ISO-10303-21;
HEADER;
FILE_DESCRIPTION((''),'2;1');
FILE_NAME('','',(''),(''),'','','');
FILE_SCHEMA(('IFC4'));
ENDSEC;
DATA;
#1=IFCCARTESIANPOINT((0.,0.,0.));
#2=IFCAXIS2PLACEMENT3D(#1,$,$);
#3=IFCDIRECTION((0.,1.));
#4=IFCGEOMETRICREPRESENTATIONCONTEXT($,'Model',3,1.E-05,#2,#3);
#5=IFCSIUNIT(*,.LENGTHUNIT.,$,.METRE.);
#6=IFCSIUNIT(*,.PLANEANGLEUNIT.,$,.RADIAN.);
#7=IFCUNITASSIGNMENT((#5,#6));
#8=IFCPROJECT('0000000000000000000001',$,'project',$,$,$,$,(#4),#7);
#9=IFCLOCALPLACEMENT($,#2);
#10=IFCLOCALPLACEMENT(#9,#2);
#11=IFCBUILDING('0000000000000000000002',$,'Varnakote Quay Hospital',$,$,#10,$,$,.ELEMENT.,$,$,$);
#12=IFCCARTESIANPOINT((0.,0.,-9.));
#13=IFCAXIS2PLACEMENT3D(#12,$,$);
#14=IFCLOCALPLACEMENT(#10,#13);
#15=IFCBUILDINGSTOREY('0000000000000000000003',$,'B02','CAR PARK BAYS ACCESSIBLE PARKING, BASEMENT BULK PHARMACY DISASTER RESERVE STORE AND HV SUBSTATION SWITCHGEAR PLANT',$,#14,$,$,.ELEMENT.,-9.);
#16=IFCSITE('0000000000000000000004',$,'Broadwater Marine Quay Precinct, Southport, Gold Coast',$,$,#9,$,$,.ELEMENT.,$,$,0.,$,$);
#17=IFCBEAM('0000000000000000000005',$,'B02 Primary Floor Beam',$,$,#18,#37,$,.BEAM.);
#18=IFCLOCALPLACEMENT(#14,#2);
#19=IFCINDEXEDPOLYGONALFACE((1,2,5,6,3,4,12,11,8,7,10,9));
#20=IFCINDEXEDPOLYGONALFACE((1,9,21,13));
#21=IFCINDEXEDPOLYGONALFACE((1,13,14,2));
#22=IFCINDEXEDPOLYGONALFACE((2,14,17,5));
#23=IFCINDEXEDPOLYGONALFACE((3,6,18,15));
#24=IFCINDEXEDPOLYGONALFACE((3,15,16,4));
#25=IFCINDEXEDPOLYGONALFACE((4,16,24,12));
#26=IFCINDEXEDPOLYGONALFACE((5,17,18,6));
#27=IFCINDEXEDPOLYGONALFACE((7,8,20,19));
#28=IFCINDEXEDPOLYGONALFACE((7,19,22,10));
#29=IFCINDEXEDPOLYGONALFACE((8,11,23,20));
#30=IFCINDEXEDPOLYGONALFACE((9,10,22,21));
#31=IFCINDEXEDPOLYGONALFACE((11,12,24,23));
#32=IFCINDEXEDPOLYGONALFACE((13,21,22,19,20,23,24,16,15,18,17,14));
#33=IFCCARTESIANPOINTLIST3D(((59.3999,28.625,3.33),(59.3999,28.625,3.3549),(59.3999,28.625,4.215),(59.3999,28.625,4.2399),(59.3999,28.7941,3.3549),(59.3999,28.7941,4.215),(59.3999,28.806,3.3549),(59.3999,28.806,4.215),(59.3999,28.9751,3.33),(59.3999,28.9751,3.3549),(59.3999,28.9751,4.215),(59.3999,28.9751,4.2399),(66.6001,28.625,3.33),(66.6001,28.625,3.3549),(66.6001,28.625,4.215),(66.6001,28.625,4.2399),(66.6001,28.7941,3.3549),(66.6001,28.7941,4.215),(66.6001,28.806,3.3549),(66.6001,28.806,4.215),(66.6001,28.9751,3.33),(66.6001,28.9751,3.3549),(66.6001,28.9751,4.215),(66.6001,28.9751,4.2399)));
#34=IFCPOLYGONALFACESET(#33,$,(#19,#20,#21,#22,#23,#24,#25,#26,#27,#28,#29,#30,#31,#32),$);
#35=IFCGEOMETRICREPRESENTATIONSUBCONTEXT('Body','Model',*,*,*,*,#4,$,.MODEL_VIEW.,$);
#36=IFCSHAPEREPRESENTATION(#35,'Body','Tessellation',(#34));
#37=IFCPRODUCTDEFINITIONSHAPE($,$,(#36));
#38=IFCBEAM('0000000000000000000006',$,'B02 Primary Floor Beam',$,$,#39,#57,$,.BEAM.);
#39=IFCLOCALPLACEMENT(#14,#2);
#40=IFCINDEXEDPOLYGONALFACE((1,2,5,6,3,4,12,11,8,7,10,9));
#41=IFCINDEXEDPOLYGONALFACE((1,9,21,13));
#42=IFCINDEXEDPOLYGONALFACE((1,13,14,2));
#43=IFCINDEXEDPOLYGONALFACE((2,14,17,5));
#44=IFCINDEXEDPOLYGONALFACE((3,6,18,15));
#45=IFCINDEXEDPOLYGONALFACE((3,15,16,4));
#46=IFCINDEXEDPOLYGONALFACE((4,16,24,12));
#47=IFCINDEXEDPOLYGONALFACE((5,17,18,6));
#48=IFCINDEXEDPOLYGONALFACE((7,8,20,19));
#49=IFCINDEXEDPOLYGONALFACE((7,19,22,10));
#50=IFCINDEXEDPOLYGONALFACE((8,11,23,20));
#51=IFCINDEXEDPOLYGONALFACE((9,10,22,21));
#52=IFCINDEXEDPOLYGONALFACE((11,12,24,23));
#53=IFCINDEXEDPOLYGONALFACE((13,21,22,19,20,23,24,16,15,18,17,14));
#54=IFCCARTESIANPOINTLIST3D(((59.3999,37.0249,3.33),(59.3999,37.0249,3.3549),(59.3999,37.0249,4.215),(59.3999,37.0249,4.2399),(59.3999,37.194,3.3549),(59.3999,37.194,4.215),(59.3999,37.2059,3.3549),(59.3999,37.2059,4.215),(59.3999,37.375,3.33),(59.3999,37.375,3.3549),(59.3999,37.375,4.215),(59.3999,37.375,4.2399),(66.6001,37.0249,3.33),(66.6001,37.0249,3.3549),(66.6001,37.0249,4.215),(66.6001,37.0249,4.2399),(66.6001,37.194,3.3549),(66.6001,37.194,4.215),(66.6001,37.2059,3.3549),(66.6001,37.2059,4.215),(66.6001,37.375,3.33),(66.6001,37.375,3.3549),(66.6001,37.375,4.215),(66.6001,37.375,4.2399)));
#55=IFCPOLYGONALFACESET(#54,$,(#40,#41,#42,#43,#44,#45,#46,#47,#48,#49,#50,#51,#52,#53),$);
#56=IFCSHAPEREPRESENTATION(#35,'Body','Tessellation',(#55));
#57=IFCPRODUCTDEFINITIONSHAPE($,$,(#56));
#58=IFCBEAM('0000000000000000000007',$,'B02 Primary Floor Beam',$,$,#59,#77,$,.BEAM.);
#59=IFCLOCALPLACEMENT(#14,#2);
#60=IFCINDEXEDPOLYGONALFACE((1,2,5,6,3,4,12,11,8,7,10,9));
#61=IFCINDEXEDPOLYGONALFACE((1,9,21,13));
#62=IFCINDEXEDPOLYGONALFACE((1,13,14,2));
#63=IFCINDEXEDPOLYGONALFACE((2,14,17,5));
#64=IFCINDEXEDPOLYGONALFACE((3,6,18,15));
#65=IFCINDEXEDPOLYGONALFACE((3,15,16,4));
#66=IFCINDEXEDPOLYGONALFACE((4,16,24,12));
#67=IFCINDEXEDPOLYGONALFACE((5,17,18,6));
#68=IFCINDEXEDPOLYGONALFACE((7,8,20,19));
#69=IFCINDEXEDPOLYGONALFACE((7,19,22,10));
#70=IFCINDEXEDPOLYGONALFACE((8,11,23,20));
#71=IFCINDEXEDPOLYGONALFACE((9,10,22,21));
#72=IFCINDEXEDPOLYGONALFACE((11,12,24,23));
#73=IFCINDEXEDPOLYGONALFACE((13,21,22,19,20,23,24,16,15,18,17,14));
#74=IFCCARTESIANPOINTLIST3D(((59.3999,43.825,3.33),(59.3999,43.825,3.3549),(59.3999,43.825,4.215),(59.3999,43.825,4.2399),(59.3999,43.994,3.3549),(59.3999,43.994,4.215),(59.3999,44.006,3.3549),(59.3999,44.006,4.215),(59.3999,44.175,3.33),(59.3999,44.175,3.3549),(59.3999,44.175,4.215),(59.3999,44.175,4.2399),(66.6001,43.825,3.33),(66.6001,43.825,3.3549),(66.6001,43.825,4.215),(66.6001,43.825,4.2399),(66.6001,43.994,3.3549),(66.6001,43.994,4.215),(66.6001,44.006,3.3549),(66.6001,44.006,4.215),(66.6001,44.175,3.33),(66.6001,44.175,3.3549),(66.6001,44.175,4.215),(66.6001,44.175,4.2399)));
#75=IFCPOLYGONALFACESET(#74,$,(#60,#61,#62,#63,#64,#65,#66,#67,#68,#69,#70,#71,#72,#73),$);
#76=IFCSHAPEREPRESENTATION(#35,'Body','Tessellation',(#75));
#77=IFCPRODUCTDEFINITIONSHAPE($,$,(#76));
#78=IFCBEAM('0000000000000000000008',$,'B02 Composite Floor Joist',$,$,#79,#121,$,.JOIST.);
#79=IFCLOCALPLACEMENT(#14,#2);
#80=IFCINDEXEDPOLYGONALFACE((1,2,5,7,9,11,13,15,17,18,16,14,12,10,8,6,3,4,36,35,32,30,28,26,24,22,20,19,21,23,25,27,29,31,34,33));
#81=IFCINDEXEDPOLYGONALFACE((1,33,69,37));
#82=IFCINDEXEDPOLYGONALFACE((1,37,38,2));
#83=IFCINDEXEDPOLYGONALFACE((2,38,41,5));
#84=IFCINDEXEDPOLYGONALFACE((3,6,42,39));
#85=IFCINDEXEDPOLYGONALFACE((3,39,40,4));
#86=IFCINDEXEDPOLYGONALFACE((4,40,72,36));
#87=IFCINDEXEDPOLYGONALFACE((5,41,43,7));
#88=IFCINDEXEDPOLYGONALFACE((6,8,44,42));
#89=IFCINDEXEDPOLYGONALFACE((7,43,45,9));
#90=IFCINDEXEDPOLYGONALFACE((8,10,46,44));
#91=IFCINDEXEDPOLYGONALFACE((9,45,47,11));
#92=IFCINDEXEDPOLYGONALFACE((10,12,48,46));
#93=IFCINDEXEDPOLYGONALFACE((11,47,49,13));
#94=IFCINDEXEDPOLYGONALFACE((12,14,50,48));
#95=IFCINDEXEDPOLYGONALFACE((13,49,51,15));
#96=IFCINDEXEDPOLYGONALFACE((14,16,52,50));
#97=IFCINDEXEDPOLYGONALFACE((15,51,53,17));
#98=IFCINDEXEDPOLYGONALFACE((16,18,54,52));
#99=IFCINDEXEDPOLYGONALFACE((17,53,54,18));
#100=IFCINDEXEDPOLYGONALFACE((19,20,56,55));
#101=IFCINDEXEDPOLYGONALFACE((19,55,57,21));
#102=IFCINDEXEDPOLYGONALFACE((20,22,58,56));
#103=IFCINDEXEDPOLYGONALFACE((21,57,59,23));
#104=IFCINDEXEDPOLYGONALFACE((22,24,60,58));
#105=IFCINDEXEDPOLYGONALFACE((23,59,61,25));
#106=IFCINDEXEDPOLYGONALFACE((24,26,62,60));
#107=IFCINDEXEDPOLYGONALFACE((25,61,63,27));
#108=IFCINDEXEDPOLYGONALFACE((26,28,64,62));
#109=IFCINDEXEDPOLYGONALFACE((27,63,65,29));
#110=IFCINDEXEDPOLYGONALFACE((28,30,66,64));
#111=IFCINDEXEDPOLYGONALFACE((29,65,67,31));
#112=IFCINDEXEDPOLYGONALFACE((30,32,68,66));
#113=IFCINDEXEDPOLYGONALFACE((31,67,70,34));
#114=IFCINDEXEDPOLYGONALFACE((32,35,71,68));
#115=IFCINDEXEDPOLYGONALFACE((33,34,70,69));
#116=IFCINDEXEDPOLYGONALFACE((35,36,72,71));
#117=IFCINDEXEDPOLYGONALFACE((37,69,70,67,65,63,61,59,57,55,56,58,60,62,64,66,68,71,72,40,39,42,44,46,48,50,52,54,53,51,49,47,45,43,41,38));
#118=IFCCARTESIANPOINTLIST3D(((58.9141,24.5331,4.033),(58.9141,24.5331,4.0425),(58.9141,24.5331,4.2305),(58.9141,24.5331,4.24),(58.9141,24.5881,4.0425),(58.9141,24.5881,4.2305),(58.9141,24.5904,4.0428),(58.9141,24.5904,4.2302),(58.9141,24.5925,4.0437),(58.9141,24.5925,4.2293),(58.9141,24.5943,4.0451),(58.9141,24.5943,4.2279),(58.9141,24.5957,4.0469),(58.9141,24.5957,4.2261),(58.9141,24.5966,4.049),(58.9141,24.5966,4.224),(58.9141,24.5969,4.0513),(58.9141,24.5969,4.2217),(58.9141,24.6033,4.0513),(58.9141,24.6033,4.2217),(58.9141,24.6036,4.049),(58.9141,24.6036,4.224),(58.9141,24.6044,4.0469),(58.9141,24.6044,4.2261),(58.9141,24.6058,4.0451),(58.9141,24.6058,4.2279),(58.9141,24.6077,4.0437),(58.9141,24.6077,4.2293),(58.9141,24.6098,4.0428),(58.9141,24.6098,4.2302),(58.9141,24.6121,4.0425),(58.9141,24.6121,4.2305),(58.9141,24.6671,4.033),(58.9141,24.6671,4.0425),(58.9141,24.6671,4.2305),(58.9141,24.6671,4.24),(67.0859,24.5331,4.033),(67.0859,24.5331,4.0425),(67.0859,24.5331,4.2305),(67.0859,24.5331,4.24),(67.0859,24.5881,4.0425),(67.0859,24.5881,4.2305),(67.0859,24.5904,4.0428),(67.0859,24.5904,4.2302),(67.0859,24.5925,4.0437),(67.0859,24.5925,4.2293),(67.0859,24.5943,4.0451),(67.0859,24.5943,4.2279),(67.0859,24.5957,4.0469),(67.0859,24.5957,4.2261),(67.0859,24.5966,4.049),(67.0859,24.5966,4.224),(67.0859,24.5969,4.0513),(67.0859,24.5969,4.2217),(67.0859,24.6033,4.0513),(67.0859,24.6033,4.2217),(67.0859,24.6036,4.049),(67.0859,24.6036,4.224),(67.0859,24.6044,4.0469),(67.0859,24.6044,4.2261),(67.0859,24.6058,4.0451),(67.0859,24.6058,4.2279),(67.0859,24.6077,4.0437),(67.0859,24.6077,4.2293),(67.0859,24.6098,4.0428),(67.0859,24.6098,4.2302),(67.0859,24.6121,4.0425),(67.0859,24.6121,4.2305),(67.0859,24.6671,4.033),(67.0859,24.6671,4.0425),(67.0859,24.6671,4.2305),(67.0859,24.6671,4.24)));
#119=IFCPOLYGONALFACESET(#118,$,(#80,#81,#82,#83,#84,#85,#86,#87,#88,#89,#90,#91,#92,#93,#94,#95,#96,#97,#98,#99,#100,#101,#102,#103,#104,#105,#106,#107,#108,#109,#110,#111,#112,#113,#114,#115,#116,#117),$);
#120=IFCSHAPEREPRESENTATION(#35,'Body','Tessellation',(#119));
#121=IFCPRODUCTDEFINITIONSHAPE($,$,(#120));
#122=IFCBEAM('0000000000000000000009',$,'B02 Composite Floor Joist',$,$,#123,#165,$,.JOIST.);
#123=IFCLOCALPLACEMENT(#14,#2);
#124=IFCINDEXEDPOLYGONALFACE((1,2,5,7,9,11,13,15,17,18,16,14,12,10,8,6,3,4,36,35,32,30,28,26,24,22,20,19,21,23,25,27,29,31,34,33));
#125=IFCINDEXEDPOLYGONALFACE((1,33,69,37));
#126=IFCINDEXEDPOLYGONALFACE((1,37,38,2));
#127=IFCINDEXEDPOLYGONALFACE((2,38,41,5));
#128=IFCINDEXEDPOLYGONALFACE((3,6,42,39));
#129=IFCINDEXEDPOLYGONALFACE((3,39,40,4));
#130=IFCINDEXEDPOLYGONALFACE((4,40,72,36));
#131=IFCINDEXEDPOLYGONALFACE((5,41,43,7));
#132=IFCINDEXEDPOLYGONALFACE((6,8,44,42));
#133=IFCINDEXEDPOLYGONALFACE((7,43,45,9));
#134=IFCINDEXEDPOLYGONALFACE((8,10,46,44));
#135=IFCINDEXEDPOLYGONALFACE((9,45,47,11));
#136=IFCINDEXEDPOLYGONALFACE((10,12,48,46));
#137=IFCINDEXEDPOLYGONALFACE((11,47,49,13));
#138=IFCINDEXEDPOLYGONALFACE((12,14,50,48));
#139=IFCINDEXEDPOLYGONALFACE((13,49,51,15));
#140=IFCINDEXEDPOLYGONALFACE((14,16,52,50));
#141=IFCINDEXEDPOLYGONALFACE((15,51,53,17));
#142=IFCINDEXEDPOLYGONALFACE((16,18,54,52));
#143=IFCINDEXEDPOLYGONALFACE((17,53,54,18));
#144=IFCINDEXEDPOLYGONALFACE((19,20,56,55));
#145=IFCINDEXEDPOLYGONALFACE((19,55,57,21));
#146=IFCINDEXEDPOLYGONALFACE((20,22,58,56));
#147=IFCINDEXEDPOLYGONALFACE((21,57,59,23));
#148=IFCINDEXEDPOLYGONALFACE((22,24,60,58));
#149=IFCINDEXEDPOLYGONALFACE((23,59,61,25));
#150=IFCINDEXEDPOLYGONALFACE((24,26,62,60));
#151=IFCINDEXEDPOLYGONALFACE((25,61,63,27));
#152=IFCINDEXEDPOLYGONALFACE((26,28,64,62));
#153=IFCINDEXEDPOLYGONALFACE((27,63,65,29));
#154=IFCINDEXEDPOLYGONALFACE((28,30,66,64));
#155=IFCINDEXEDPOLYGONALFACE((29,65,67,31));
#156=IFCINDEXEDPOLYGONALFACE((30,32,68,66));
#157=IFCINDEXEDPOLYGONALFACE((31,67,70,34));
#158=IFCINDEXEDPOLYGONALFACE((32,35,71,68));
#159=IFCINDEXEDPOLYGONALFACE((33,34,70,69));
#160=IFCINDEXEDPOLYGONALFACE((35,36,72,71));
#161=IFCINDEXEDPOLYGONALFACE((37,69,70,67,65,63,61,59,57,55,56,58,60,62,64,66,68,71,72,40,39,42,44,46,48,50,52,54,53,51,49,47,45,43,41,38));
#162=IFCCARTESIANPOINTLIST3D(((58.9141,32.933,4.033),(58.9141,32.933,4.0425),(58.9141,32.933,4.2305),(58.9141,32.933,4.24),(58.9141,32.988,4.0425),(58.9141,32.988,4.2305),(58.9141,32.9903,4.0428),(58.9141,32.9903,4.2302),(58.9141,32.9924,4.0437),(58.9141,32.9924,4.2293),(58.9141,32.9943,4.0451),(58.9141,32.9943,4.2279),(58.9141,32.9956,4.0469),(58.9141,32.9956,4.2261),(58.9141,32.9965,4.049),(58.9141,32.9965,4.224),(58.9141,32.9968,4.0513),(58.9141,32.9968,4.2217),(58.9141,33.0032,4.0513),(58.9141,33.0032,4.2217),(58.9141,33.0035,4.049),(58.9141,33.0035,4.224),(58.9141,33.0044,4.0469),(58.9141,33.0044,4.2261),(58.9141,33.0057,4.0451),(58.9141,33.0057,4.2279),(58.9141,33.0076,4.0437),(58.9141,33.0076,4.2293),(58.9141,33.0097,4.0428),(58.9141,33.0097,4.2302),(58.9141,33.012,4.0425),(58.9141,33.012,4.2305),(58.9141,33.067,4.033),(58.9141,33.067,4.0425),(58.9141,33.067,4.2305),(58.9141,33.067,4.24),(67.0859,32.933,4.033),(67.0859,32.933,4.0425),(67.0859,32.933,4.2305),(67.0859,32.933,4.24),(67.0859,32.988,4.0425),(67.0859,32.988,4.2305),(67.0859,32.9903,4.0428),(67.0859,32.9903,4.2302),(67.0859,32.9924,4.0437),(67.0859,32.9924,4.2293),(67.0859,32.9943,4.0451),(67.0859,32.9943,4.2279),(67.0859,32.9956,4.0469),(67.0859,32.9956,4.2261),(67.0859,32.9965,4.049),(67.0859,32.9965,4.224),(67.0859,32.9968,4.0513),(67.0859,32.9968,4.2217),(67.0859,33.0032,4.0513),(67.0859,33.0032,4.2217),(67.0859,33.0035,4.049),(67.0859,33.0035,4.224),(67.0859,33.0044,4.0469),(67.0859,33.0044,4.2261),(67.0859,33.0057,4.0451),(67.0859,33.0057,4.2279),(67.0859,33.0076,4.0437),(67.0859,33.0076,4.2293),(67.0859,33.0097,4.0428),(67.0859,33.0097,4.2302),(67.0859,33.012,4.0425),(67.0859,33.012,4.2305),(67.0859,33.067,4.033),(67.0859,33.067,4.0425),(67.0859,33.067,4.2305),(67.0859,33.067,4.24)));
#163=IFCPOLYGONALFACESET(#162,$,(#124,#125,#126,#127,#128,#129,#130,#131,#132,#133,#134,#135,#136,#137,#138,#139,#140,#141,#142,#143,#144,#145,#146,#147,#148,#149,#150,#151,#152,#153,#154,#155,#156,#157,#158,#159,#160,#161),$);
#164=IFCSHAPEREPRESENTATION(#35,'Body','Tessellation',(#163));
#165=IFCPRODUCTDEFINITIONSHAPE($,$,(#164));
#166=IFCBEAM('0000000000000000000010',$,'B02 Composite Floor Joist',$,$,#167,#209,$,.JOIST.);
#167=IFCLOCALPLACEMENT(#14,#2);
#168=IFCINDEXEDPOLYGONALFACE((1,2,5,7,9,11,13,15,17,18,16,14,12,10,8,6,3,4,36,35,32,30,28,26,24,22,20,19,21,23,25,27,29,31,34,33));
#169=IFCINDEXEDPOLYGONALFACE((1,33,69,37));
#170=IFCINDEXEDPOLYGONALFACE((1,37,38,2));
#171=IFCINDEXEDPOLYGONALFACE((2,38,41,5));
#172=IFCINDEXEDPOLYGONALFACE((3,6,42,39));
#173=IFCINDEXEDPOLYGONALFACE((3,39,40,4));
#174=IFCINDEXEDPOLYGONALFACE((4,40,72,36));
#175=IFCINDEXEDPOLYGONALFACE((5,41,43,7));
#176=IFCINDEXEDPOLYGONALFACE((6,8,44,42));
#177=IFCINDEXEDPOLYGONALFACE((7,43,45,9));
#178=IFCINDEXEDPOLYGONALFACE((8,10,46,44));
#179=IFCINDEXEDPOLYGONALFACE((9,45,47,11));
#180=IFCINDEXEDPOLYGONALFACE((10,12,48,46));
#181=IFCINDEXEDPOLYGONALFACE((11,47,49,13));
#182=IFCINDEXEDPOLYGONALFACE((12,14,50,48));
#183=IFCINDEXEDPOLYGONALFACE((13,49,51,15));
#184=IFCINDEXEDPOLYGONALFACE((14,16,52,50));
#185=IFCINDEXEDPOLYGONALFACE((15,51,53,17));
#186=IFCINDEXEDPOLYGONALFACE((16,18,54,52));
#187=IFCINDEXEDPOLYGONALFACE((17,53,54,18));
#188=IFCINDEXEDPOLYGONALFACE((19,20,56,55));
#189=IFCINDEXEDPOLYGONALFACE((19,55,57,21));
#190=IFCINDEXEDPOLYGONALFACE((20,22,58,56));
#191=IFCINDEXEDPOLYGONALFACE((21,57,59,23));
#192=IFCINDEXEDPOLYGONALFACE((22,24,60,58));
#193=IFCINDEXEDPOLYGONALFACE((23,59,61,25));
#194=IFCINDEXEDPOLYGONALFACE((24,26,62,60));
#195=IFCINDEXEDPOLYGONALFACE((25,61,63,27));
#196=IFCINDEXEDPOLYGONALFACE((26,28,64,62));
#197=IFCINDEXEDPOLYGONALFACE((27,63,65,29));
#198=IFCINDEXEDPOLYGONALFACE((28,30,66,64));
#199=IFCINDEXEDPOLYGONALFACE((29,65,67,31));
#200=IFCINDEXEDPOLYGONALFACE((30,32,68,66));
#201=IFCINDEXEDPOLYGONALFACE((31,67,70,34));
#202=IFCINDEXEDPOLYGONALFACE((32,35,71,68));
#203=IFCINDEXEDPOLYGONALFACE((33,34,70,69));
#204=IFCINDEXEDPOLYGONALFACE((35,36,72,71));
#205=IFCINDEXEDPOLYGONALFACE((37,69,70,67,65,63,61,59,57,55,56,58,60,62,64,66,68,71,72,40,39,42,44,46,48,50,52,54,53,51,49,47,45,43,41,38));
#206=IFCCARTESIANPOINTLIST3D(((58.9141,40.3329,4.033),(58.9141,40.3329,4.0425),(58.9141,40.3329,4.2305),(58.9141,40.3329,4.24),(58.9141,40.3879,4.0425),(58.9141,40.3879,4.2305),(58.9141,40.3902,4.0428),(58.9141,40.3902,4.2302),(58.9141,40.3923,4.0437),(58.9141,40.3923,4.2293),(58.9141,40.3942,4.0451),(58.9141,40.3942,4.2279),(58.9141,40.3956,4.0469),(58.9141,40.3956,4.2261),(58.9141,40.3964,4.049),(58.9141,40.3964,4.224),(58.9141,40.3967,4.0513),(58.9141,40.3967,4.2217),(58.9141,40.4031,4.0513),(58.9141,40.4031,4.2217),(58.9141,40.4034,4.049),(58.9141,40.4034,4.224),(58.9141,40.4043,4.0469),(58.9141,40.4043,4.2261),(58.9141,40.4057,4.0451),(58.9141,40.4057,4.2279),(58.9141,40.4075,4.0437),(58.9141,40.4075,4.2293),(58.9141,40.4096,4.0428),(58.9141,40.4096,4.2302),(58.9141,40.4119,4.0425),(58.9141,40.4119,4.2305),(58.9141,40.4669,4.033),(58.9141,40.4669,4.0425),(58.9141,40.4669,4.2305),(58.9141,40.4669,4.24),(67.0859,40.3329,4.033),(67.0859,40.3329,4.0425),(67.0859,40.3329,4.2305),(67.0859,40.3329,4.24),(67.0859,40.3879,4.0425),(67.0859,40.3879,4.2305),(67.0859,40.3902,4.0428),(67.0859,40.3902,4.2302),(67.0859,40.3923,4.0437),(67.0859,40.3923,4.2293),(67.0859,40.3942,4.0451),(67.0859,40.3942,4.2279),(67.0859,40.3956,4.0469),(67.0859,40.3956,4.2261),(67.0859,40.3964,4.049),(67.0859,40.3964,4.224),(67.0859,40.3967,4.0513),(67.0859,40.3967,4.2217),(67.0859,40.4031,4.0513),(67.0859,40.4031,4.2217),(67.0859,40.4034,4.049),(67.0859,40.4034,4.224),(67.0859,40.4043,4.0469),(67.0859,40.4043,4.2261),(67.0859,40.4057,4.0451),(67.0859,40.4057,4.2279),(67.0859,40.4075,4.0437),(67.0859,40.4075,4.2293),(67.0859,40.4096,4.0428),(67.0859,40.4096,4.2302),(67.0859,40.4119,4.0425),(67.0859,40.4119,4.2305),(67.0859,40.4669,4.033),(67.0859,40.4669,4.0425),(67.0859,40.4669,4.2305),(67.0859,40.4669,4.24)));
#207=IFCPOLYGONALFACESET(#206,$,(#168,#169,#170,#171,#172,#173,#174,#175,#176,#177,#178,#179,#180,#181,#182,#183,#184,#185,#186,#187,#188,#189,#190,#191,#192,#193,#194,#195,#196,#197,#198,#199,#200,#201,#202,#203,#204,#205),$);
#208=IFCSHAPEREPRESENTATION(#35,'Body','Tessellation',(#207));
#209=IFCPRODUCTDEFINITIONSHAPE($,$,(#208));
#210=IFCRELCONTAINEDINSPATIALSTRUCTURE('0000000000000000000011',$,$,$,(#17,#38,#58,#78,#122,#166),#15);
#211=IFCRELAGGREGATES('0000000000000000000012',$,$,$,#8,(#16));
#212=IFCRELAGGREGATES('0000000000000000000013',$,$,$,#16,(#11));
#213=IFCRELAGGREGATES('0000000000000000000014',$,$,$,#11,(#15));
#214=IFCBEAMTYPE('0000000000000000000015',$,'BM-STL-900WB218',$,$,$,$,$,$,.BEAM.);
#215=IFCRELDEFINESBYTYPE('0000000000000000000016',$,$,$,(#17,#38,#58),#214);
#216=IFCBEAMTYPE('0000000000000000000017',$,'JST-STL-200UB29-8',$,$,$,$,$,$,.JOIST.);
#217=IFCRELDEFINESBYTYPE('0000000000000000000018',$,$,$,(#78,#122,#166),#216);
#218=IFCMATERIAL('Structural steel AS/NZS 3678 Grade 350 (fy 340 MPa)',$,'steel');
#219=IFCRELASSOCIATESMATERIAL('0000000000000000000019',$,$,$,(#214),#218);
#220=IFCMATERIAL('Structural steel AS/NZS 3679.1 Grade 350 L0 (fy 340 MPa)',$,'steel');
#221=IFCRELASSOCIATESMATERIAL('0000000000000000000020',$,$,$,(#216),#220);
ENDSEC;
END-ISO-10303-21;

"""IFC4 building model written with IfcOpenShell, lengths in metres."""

from ifc_helpers import new_model, si_unit, direction, frame, origin, origin_2d, place, context, subcontext, project, spatial, i_section, extrude, material, material_profile, profile_set, type_object, element, save


model = new_model("IFC4")

# Units and contexts
model_context = context("Model", 3, precision=1e-05, world=origin(), true_north=direction((0.0, 1.0)))
body_context = subcontext(model_context, "Body", "Model", "MODEL_VIEW")
ifc_project = project(units=[si_unit("LENGTHUNIT", "METRE"), si_unit("PLANEANGLEUNIT", "RADIAN")], contexts=[model_context])

# Site, building, storey
site_placement = place(None, origin())
site = spatial("IfcSite", under=ifc_project, at=site_placement, Name="Broadwater Marine Quay Precinct, Southport, Gold Coast", CompositionType="ELEMENT", RefElevation=0.0)
building_placement = place(site_placement, origin())
building = spatial("IfcBuilding", under=site, at=building_placement, Name="Varnakote Quay Hospital", CompositionType="ELEMENT")
storey_placement = place(building_placement, frame((0.0, 0.0, -9.0)))
storey = spatial("IfcBuildingStorey", under=building, at=storey_placement, Name="B02", Description="CAR PARK BAYS ACCESSIBLE PARKING, BASEMENT BULK PHARMACY DISASTER RESERVE STORE AND HV SUBSTATION SWITCHGEAR PLANT", CompositionType="ELEMENT", Elevation=-9.0)

# Beams
ifc_material_1 = material(Name="Structural steel AS/NZS 3678 Grade 350 (fy 340 MPa)", Category="steel")
ifc_material_profile_1 = material_profile(ifc_material_1, i_section(OverallWidth=0.3501, OverallDepth=0.9099, WebThickness=0.012, FlangeThickness=0.0249, at=origin_2d()), Name="900WB218")
ifc_profile_set_1 = profile_set([ifc_material_profile_1], Name="Structural steel AS/NZS 3678 Grade 350 (fy 340 MPa)")
beam_type_1 = type_object("IfcBeamType", Name="BM-STL-900WB218", PredefinedType="BEAM", material=ifc_profile_set_1)
for number, where, z_axis, x_axis, name in (
    (1, (59.3999, 28.8, 3.7849), (1.0, 0.0, 0.0), (0.0, 1.0, 0.0), "B02 Primary Floor Beam"),
    (2, (59.3999, 37.2, 3.7849), (1.0, 0.0, 0.0), (0.0, 1.0, 0.0), "B02 Primary Floor Beam"),
    (3, (59.3999, 44.0, 3.7849), (1.0, 0.0, 0.0), (0.0, 1.0, 0.0), "B02 Primary Floor Beam"),
):
    element("IfcBeam", number, at=place(storey_placement, frame(where, z_axis=z_axis, x_axis=x_axis)), inside=storey, type_object=beam_type_1, Name=name, PredefinedType="BEAM", context=body_context, shape_type="SweptSolid", body=[
        extrude(i_section(OverallWidth=0.3501, OverallDepth=0.9099, WebThickness=0.012, FlangeThickness=0.0249, at=origin_2d()), origin(), (0.0, 0.0, 1.0), 7.2002),
    ])
ifc_material_2 = material(Name="Structural steel AS/NZS 3679.1 Grade 350 L0 (fy 340 MPa)", Category="steel")
ifc_material_profile_2 = material_profile(ifc_material_2, i_section(OverallWidth=0.134, OverallDepth=0.207, WebThickness=0.0063, FlangeThickness=0.0095, FilletRadius=0.0088, at=origin_2d()), Name="200UB29.8")
ifc_profile_set_2 = profile_set([ifc_material_profile_2], Name="Structural steel AS/NZS 3679.1 Grade 350 L0 (fy 340 MPa)")
beam_type_2 = type_object("IfcBeamType", Name="JST-STL-200UB29-8", PredefinedType="JOIST", material=ifc_profile_set_2)
for number, where, z_axis, x_axis, name in (
    (4, (58.9141, 24.6001, 4.1365), (1.0, 0.0, 0.0), (0.0, 1.0, 0.0), "B02 Composite Floor Joist"),
    (5, (58.9141, 33.0, 4.1365), (1.0, 0.0, 0.0), (0.0, 1.0, 0.0), "B02 Composite Floor Joist"),
    (6, (58.9141, 40.3999, 4.1365), (1.0, 0.0, 0.0), (0.0, 1.0, 0.0), "B02 Composite Floor Joist"),
):
    element("IfcBeam", number, at=place(storey_placement, frame(where, z_axis=z_axis, x_axis=x_axis)), inside=storey, type_object=beam_type_2, Name=name, PredefinedType="JOIST", context=body_context, shape_type="SweptSolid", body=[
        extrude(i_section(OverallWidth=0.134, OverallDepth=0.207, WebThickness=0.0063, FlangeThickness=0.0095, FilletRadius=0.0088, at=origin_2d()), origin(), (0.0, 0.0, 1.0), 8.1719),
    ])

save(model, "model.ifc")
